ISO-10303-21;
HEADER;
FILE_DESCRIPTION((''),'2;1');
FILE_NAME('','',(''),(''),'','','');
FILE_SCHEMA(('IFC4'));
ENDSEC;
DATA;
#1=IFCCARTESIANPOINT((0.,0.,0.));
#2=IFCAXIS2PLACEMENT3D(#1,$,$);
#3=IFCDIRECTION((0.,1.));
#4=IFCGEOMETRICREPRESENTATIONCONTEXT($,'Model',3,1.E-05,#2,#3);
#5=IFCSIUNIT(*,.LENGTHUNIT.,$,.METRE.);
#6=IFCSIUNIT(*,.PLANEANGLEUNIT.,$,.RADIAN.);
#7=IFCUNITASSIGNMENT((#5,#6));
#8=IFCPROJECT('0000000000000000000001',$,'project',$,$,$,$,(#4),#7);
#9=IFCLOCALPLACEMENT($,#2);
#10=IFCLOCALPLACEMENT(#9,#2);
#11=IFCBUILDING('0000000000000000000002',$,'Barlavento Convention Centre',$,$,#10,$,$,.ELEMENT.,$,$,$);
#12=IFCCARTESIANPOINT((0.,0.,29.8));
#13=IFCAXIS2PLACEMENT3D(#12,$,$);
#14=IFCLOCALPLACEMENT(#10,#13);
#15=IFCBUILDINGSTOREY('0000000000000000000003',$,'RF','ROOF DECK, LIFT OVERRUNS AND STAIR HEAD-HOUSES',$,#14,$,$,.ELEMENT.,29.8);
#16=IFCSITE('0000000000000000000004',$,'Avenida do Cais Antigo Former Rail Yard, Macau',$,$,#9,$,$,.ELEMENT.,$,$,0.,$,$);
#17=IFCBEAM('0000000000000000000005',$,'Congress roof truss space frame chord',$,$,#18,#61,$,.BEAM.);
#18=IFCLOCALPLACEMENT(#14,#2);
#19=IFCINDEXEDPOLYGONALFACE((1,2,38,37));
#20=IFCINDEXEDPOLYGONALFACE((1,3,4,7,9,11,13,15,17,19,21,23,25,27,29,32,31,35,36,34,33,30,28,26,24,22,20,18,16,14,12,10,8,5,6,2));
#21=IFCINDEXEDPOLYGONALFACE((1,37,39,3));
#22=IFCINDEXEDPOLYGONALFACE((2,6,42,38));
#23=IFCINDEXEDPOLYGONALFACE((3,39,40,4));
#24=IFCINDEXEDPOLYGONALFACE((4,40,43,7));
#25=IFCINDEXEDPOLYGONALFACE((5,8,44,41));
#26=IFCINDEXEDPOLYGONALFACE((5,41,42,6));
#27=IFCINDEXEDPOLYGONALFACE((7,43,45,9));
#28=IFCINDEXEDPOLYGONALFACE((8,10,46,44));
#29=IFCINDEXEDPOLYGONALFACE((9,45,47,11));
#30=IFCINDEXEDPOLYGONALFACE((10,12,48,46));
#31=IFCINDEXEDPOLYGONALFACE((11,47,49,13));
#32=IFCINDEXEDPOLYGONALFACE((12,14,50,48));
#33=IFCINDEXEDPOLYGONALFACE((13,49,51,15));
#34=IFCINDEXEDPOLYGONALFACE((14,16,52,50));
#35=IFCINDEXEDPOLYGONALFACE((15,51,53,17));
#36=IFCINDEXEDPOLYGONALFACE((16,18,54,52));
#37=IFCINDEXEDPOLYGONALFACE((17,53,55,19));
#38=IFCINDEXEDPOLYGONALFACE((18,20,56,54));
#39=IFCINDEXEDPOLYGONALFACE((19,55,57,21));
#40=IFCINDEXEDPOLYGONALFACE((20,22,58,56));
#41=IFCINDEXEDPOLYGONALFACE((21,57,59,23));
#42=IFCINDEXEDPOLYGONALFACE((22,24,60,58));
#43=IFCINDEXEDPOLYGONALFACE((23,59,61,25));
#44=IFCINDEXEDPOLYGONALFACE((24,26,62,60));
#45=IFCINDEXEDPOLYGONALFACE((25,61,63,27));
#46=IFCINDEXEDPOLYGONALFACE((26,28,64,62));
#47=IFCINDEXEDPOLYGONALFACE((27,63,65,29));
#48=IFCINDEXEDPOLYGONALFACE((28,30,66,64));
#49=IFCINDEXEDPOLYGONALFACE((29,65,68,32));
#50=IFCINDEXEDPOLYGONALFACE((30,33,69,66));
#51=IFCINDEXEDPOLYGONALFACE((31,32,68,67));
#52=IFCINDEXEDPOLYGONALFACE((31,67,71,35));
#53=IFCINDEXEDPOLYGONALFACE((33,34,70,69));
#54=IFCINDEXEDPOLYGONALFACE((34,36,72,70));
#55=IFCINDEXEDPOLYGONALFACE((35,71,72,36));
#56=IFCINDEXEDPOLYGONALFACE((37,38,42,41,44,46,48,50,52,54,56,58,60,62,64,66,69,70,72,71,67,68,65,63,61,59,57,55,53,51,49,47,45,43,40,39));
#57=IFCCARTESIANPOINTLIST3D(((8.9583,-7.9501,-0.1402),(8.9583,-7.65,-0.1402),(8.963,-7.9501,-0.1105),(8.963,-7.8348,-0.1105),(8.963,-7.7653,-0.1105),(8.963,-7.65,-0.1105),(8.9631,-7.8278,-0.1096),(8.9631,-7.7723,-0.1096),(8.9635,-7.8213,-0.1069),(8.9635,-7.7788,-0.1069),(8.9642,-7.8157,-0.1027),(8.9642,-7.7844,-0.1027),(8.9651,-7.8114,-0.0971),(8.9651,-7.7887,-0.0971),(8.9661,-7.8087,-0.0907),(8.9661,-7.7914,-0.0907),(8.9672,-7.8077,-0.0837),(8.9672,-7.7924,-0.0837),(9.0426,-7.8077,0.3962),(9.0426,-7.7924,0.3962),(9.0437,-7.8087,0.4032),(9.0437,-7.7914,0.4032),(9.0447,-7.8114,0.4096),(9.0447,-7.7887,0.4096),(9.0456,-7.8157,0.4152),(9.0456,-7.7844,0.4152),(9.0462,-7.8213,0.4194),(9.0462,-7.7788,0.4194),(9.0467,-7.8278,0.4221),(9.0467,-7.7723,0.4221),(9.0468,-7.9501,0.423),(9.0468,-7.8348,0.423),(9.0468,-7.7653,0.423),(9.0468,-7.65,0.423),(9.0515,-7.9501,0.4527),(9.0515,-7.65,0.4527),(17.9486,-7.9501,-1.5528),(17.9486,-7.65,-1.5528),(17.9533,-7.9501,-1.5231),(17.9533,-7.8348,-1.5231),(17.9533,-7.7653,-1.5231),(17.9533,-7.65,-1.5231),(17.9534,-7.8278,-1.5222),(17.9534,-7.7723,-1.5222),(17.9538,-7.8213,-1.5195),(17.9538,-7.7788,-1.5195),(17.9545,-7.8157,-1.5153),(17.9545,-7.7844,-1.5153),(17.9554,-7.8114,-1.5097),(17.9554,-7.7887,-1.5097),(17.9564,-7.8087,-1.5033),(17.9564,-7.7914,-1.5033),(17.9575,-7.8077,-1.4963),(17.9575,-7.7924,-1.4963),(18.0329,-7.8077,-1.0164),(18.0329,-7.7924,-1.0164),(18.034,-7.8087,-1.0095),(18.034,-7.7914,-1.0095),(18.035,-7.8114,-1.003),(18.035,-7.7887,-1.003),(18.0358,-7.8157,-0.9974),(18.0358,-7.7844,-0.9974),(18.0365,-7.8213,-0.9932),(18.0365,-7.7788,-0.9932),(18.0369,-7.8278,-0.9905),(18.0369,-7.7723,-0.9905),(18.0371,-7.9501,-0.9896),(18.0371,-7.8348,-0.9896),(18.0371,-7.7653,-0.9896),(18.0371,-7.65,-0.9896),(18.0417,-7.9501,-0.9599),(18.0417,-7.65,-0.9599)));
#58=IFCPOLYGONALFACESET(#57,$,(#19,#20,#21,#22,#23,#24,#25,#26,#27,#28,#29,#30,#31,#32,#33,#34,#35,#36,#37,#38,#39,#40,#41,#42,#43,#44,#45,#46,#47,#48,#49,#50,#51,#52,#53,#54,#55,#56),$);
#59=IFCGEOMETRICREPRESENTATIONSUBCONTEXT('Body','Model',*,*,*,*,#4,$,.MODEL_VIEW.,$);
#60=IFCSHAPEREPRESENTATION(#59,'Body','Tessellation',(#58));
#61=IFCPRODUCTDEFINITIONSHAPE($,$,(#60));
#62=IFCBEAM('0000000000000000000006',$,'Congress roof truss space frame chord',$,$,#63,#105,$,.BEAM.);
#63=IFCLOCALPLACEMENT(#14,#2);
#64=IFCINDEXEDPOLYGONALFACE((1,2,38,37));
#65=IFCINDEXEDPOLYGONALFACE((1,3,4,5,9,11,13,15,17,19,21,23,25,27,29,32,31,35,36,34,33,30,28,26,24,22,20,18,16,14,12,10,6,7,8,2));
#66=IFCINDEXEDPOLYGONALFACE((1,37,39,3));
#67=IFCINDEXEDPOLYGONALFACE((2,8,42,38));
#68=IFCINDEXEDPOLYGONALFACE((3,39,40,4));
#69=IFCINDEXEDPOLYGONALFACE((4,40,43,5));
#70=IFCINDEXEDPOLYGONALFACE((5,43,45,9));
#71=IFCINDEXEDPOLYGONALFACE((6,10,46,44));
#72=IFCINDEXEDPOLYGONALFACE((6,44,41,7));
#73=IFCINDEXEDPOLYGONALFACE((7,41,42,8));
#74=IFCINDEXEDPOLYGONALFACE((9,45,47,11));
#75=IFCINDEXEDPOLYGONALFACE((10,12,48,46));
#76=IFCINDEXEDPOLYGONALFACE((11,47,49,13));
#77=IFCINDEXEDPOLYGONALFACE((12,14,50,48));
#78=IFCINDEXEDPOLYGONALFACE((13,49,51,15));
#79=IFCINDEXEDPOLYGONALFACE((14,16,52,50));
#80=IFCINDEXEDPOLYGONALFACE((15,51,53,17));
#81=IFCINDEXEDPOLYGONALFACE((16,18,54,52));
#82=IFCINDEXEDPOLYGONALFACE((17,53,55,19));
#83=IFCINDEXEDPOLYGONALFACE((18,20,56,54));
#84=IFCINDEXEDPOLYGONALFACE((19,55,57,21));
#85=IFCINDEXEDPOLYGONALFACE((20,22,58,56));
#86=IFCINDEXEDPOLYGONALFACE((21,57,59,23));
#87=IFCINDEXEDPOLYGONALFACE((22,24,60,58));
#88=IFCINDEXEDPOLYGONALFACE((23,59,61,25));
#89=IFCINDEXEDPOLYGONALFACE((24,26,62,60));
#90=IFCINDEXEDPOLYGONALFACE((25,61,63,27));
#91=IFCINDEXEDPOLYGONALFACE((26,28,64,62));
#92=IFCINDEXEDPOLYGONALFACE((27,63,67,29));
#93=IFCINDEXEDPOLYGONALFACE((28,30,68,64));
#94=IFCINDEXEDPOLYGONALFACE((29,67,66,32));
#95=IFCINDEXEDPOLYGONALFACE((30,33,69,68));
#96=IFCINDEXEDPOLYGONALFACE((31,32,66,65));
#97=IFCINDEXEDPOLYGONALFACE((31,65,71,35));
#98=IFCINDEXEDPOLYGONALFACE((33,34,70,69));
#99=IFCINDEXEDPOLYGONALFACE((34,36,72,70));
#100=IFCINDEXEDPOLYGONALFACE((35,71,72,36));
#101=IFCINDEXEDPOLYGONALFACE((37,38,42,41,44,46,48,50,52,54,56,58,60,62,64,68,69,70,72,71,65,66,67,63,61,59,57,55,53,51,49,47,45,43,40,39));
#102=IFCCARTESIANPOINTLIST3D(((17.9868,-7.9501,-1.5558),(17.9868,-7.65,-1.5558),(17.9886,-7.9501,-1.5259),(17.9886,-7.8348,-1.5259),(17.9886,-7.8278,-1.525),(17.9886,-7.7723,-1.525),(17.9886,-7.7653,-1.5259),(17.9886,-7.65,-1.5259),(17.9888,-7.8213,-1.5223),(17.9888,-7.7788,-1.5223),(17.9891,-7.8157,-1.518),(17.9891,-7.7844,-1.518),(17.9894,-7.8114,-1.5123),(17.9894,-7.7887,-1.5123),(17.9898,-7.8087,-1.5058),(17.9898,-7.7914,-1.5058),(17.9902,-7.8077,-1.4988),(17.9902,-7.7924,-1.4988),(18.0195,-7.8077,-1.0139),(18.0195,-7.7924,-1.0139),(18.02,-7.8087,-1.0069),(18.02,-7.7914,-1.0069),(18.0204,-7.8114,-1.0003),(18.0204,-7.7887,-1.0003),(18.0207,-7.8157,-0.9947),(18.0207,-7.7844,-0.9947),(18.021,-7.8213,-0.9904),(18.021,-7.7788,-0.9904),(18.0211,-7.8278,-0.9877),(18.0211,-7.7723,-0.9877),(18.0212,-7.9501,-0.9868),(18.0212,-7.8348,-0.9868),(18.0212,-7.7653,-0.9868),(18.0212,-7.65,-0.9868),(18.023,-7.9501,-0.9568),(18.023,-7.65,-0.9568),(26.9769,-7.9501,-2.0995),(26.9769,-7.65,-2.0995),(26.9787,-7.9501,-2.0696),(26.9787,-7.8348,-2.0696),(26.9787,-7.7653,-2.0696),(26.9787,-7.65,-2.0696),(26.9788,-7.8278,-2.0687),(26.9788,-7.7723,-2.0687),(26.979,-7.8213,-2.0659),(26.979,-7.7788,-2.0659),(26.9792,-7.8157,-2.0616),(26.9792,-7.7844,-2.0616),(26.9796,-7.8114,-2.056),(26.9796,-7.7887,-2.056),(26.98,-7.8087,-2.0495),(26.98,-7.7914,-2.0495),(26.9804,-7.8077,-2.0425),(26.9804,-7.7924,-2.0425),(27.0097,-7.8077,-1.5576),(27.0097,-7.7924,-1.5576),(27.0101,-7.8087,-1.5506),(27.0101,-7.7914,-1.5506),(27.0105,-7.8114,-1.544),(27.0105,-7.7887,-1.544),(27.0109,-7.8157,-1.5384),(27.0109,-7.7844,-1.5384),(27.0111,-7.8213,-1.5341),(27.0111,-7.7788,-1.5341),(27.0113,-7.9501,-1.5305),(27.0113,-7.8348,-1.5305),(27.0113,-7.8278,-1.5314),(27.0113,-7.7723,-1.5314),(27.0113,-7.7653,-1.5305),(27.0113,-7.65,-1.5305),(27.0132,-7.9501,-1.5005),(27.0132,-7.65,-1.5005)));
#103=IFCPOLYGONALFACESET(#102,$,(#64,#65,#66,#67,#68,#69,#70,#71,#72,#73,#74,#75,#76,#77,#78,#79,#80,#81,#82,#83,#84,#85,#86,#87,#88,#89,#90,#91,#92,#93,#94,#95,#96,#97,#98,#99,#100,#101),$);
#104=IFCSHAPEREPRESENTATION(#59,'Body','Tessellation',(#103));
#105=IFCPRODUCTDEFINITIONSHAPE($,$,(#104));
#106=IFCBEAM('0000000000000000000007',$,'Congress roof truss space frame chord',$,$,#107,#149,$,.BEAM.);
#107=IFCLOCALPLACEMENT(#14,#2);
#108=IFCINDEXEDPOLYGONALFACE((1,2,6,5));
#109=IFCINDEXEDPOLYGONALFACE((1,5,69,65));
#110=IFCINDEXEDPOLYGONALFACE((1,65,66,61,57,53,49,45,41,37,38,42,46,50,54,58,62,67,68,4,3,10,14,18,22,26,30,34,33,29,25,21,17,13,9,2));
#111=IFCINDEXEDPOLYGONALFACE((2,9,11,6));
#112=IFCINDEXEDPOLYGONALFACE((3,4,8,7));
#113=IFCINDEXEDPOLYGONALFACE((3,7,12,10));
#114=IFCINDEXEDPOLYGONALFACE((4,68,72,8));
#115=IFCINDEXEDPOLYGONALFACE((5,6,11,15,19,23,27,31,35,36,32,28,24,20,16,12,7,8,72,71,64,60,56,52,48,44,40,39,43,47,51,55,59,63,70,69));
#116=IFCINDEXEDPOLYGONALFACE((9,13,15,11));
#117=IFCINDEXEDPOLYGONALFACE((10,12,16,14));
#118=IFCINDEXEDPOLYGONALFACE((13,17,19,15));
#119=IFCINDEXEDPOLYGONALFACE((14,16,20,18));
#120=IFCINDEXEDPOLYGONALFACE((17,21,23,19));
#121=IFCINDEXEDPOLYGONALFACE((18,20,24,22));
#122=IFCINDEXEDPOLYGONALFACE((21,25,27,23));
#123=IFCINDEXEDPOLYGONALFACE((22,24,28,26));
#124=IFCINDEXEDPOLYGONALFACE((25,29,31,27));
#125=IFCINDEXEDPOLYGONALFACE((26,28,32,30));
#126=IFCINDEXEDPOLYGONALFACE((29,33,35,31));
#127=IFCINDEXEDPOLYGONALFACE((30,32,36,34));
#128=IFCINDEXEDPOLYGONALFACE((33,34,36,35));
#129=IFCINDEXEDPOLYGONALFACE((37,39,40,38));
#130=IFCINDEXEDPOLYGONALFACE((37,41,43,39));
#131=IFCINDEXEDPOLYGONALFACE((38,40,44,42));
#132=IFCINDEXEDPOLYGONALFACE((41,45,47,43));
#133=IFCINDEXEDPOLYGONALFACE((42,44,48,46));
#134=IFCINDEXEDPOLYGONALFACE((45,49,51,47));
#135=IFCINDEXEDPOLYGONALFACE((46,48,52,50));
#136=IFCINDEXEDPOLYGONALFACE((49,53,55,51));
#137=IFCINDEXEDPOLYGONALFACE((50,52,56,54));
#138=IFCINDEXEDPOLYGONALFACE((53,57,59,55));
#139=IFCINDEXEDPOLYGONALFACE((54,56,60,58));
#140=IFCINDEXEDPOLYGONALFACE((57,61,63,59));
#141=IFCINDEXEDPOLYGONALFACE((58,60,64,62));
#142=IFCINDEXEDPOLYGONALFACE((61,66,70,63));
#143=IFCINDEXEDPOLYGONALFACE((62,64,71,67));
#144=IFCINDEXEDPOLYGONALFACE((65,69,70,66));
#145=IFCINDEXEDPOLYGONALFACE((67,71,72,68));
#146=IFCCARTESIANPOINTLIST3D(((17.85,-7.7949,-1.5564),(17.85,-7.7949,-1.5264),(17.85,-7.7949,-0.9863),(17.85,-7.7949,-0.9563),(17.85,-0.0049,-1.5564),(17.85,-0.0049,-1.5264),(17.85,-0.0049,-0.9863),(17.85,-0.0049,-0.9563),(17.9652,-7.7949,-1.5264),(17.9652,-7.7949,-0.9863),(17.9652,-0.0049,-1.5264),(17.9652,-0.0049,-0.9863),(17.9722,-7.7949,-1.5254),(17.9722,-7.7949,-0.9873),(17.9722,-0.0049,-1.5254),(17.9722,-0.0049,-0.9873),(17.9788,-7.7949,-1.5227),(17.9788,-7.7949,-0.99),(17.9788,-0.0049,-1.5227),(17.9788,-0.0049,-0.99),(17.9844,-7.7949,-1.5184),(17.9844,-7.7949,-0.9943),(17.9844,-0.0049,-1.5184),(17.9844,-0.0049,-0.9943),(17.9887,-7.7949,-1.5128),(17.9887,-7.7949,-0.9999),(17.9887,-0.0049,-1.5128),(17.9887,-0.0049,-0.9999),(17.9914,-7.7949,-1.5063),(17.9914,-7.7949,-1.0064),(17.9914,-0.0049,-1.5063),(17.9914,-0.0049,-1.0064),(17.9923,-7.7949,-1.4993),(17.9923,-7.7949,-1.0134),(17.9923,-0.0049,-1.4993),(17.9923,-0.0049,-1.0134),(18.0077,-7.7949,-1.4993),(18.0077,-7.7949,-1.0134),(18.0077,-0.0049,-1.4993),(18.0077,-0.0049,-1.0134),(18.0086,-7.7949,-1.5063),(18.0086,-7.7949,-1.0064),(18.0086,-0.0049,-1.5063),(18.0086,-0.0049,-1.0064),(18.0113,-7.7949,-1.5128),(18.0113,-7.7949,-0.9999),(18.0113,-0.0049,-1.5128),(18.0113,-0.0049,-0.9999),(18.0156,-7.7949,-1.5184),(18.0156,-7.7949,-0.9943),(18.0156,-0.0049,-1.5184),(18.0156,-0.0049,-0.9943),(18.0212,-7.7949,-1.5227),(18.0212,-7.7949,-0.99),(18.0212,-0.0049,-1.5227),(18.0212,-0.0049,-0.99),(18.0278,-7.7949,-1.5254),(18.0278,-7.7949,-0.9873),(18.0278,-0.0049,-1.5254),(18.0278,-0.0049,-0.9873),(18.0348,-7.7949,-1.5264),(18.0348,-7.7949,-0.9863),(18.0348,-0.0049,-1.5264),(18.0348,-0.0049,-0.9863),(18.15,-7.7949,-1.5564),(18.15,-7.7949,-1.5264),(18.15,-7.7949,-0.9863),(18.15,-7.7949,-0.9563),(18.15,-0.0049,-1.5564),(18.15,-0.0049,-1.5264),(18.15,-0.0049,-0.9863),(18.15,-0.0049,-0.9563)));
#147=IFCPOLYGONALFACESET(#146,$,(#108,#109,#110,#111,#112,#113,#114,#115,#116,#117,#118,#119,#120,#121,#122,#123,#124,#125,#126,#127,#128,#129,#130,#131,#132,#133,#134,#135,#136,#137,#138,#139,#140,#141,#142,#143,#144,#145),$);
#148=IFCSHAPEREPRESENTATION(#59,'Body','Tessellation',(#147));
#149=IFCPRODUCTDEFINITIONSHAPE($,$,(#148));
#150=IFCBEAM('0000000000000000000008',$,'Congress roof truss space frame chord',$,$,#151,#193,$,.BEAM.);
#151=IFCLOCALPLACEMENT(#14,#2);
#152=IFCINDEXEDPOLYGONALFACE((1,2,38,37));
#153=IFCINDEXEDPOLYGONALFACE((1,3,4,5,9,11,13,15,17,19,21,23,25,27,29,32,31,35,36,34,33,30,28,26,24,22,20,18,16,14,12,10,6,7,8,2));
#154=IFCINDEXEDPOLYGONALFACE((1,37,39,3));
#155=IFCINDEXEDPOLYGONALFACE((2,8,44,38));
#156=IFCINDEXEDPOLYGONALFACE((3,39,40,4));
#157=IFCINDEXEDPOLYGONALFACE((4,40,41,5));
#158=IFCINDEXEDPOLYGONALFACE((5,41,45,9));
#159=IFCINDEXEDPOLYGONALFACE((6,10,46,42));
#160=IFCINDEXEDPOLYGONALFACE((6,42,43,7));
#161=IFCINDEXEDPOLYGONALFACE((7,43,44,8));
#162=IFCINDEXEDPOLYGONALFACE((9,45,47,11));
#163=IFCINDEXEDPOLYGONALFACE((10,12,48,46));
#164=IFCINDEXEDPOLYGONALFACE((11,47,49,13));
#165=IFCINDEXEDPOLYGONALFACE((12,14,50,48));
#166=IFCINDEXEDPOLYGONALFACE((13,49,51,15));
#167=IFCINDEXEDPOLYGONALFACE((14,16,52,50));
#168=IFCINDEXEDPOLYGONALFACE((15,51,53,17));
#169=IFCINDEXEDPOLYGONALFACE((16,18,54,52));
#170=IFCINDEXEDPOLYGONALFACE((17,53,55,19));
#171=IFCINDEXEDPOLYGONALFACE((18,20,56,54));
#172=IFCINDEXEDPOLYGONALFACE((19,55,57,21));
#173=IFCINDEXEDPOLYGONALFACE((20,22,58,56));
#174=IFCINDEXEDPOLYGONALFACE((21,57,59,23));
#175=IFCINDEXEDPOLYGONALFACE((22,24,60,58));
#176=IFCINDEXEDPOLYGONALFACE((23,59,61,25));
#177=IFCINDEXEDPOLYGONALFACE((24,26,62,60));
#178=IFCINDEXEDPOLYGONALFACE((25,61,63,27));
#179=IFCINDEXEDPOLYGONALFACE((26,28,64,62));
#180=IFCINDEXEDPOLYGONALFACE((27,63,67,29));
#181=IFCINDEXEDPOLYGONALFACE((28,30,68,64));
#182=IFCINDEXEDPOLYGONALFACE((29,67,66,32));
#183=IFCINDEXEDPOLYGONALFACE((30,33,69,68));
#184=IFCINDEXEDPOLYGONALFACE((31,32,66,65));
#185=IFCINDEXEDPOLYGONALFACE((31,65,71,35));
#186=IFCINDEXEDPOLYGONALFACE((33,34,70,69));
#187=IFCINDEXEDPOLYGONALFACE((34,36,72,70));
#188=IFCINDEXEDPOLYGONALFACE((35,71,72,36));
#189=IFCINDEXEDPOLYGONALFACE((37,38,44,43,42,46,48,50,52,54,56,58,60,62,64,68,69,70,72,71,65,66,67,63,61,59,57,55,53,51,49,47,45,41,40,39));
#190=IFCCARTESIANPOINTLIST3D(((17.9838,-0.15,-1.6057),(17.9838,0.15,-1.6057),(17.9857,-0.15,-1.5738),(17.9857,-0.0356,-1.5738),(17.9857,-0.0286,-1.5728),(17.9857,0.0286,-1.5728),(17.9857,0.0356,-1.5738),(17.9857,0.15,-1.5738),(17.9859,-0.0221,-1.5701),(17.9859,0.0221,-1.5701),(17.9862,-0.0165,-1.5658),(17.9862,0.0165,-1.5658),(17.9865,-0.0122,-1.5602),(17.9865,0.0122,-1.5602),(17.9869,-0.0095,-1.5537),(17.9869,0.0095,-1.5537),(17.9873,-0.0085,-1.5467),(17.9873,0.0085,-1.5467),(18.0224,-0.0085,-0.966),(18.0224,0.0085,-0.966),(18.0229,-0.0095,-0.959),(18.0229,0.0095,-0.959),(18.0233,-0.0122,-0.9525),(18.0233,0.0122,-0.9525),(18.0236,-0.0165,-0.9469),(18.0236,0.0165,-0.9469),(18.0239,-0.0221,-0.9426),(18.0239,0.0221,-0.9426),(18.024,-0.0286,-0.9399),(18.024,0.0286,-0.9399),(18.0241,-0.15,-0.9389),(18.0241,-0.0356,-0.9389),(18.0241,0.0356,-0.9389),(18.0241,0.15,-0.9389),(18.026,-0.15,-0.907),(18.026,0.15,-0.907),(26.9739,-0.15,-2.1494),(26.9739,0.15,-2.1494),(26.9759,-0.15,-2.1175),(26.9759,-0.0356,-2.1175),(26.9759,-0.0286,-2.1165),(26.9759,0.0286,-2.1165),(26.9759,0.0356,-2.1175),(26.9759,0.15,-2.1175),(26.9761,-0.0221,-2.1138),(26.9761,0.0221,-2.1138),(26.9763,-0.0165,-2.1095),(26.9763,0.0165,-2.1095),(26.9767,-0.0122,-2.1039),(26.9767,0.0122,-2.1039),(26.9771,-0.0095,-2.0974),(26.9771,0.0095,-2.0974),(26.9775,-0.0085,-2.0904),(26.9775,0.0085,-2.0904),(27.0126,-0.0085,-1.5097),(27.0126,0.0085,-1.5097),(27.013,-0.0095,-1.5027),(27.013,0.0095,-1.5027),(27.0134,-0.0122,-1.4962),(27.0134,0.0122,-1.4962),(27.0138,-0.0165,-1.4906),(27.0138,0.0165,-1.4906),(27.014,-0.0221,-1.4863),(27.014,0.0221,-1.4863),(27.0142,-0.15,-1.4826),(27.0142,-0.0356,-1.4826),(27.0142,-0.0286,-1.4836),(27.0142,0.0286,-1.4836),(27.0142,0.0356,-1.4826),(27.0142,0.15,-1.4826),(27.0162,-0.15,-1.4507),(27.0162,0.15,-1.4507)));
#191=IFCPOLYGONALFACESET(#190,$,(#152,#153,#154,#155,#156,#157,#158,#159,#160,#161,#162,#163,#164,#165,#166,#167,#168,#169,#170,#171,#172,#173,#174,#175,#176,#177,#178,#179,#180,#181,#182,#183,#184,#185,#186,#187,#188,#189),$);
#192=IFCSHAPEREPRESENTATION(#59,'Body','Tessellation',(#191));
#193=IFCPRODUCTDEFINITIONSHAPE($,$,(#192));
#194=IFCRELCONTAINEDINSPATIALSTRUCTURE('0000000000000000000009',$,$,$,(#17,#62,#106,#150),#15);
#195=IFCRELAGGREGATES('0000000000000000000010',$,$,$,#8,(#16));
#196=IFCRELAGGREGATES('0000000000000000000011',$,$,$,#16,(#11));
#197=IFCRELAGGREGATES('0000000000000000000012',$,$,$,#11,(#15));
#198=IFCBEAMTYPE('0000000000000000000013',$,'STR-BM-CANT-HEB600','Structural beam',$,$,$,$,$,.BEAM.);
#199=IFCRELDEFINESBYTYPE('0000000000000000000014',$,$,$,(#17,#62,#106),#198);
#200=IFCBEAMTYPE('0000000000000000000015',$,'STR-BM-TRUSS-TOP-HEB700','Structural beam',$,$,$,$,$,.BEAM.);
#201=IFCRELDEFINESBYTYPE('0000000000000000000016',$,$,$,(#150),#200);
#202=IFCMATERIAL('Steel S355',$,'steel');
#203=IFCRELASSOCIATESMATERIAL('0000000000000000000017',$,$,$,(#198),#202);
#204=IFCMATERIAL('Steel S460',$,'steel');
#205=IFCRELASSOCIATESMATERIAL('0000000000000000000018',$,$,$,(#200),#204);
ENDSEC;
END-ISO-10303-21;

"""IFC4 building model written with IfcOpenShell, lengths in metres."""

from ifc_helpers import new_model, si_unit, direction, frame, origin, origin_2d, place, context, subcontext, project, spatial, i_section, extrude, material, material_profile, profile_set, type_object, element, save


model = new_model("IFC4")

# Units and contexts
model_context = context("Model", 3, precision=1e-05, world=origin(), true_north=direction((0.0, 1.0)))
body_context = subcontext(model_context, "Body", "Model", "MODEL_VIEW")
ifc_project = project(units=[si_unit("LENGTHUNIT", "METRE"), si_unit("PLANEANGLEUNIT", "RADIAN")], contexts=[model_context])

# Site, building, storey
site_placement = place(None, origin())
site = spatial("IfcSite", under=ifc_project, at=site_placement, Name="Avenida do Cais Antigo Former Rail Yard, Macau", CompositionType="ELEMENT", RefElevation=0.0)
building_placement = place(site_placement, origin())
building = spatial("IfcBuilding", under=site, at=building_placement, Name="Barlavento Convention Centre", CompositionType="ELEMENT")
storey_placement = place(building_placement, frame((0.0, 0.0, 29.8)))
storey = spatial("IfcBuildingStorey", under=building, at=storey_placement, Name="RF", Description="ROOF DECK, LIFT OVERRUNS AND STAIR HEAD-HOUSES", CompositionType="ELEMENT", Elevation=29.8)

# Beams
ifc_material_1 = material(Name="Steel S355", Category="steel")
ifc_material_profile_1 = material_profile(ifc_material_1, i_section(OverallWidth=0.3, OverallDepth=0.6001, WebThickness=0.0154, FlangeThickness=0.03, FilletRadius=0.0271, at=origin_2d()), Name="HEB 600")
ifc_profile_set_1 = profile_set([ifc_material_profile_1], Name="Steel S355")
beam_type_1 = type_object("IfcBeamType", Name="STR-BM-CANT-HEB600", Description="Structural beam", PredefinedType="BEAM", material=ifc_profile_set_1)
beam_1_placement = place(storey_placement, frame((9.0049, -7.8, 0.1562), z_axis=(0.98788, 0.0, -0.155221), x_axis=(0.0, 1.0, 0.0)))
element("IfcBeam", 1, at=beam_1_placement, inside=storey, type_object=beam_type_1, Name="Congress roof truss space frame chord", PredefinedType="BEAM", context=body_context, shape_type="SweptSolid", body=[
    extrude(i_section(OverallWidth=0.3, OverallDepth=0.6001, WebThickness=0.0154, FlangeThickness=0.03, FilletRadius=0.0271, at=origin_2d()), origin(), (0.0, 0.0, 1.0), 9.1006),
])
beam_2_placement = place(storey_placement, frame((18.0049, -7.8, -1.2563), z_axis=(0.998176, 0.0, -0.060367), x_axis=(0.0, 1.0, 0.0)))
element("IfcBeam", 2, at=beam_2_placement, inside=storey, type_object=beam_type_1, Name="Congress roof truss space frame chord", PredefinedType="BEAM", context=body_context, shape_type="SweptSolid", body=[
    extrude(i_section(OverallWidth=0.3, OverallDepth=0.6001, WebThickness=0.0154, FlangeThickness=0.03, FilletRadius=0.0271, at=origin_2d()), origin(), (0.0, 0.0, 1.0), 9.0066),
])
beam_3_placement = place(storey_placement, frame((18.0, -7.7949, -1.2563), z_axis=(0.0, 1.0, 0.0), x_axis=(-1.0, 0.0, 0.0)))
element("IfcBeam", 3, at=beam_3_placement, inside=storey, type_object=beam_type_1, Name="Congress roof truss space frame chord", PredefinedType="BEAM", context=body_context, shape_type="SweptSolid", body=[
    extrude(i_section(OverallWidth=0.3, OverallDepth=0.6001, WebThickness=0.0154, FlangeThickness=0.03, FilletRadius=0.0271, at=origin_2d()), origin(), (0.0, 0.0, 1.0), 7.79),
])
ifc_material_2 = material(Name="Steel S460", Category="steel")
ifc_material_profile_2 = material_profile(ifc_material_2, i_section(OverallWidth=0.3, OverallDepth=0.7, WebThickness=0.0171, FlangeThickness=0.032, FilletRadius=0.0271, at=origin_2d()), Name="HEB 700")
ifc_profile_set_2 = profile_set([ifc_material_profile_2], Name="Steel S460")
beam_type_2 = type_object("IfcBeamType", Name="STR-BM-TRUSS-TOP-HEB700", Description="Structural beam", PredefinedType="BEAM", material=ifc_profile_set_2)
beam_4_placement = place(storey_placement, frame((18.0049, 0.0, -1.2563), z_axis=(0.998176, 0.0, -0.060367), x_axis=(0.0, 1.0, 0.0)))
element("IfcBeam", 4, at=beam_4_placement, inside=storey, type_object=beam_type_2, Name="Congress roof truss space frame chord", PredefinedType="BEAM", context=body_context, shape_type="SweptSolid", body=[
    extrude(i_section(OverallWidth=0.3, OverallDepth=0.7, WebThickness=0.0171, FlangeThickness=0.032, FilletRadius=0.0271, at=origin_2d()), origin(), (0.0, 0.0, 1.0), 9.0066),
])

save(model, "model.ifc")
